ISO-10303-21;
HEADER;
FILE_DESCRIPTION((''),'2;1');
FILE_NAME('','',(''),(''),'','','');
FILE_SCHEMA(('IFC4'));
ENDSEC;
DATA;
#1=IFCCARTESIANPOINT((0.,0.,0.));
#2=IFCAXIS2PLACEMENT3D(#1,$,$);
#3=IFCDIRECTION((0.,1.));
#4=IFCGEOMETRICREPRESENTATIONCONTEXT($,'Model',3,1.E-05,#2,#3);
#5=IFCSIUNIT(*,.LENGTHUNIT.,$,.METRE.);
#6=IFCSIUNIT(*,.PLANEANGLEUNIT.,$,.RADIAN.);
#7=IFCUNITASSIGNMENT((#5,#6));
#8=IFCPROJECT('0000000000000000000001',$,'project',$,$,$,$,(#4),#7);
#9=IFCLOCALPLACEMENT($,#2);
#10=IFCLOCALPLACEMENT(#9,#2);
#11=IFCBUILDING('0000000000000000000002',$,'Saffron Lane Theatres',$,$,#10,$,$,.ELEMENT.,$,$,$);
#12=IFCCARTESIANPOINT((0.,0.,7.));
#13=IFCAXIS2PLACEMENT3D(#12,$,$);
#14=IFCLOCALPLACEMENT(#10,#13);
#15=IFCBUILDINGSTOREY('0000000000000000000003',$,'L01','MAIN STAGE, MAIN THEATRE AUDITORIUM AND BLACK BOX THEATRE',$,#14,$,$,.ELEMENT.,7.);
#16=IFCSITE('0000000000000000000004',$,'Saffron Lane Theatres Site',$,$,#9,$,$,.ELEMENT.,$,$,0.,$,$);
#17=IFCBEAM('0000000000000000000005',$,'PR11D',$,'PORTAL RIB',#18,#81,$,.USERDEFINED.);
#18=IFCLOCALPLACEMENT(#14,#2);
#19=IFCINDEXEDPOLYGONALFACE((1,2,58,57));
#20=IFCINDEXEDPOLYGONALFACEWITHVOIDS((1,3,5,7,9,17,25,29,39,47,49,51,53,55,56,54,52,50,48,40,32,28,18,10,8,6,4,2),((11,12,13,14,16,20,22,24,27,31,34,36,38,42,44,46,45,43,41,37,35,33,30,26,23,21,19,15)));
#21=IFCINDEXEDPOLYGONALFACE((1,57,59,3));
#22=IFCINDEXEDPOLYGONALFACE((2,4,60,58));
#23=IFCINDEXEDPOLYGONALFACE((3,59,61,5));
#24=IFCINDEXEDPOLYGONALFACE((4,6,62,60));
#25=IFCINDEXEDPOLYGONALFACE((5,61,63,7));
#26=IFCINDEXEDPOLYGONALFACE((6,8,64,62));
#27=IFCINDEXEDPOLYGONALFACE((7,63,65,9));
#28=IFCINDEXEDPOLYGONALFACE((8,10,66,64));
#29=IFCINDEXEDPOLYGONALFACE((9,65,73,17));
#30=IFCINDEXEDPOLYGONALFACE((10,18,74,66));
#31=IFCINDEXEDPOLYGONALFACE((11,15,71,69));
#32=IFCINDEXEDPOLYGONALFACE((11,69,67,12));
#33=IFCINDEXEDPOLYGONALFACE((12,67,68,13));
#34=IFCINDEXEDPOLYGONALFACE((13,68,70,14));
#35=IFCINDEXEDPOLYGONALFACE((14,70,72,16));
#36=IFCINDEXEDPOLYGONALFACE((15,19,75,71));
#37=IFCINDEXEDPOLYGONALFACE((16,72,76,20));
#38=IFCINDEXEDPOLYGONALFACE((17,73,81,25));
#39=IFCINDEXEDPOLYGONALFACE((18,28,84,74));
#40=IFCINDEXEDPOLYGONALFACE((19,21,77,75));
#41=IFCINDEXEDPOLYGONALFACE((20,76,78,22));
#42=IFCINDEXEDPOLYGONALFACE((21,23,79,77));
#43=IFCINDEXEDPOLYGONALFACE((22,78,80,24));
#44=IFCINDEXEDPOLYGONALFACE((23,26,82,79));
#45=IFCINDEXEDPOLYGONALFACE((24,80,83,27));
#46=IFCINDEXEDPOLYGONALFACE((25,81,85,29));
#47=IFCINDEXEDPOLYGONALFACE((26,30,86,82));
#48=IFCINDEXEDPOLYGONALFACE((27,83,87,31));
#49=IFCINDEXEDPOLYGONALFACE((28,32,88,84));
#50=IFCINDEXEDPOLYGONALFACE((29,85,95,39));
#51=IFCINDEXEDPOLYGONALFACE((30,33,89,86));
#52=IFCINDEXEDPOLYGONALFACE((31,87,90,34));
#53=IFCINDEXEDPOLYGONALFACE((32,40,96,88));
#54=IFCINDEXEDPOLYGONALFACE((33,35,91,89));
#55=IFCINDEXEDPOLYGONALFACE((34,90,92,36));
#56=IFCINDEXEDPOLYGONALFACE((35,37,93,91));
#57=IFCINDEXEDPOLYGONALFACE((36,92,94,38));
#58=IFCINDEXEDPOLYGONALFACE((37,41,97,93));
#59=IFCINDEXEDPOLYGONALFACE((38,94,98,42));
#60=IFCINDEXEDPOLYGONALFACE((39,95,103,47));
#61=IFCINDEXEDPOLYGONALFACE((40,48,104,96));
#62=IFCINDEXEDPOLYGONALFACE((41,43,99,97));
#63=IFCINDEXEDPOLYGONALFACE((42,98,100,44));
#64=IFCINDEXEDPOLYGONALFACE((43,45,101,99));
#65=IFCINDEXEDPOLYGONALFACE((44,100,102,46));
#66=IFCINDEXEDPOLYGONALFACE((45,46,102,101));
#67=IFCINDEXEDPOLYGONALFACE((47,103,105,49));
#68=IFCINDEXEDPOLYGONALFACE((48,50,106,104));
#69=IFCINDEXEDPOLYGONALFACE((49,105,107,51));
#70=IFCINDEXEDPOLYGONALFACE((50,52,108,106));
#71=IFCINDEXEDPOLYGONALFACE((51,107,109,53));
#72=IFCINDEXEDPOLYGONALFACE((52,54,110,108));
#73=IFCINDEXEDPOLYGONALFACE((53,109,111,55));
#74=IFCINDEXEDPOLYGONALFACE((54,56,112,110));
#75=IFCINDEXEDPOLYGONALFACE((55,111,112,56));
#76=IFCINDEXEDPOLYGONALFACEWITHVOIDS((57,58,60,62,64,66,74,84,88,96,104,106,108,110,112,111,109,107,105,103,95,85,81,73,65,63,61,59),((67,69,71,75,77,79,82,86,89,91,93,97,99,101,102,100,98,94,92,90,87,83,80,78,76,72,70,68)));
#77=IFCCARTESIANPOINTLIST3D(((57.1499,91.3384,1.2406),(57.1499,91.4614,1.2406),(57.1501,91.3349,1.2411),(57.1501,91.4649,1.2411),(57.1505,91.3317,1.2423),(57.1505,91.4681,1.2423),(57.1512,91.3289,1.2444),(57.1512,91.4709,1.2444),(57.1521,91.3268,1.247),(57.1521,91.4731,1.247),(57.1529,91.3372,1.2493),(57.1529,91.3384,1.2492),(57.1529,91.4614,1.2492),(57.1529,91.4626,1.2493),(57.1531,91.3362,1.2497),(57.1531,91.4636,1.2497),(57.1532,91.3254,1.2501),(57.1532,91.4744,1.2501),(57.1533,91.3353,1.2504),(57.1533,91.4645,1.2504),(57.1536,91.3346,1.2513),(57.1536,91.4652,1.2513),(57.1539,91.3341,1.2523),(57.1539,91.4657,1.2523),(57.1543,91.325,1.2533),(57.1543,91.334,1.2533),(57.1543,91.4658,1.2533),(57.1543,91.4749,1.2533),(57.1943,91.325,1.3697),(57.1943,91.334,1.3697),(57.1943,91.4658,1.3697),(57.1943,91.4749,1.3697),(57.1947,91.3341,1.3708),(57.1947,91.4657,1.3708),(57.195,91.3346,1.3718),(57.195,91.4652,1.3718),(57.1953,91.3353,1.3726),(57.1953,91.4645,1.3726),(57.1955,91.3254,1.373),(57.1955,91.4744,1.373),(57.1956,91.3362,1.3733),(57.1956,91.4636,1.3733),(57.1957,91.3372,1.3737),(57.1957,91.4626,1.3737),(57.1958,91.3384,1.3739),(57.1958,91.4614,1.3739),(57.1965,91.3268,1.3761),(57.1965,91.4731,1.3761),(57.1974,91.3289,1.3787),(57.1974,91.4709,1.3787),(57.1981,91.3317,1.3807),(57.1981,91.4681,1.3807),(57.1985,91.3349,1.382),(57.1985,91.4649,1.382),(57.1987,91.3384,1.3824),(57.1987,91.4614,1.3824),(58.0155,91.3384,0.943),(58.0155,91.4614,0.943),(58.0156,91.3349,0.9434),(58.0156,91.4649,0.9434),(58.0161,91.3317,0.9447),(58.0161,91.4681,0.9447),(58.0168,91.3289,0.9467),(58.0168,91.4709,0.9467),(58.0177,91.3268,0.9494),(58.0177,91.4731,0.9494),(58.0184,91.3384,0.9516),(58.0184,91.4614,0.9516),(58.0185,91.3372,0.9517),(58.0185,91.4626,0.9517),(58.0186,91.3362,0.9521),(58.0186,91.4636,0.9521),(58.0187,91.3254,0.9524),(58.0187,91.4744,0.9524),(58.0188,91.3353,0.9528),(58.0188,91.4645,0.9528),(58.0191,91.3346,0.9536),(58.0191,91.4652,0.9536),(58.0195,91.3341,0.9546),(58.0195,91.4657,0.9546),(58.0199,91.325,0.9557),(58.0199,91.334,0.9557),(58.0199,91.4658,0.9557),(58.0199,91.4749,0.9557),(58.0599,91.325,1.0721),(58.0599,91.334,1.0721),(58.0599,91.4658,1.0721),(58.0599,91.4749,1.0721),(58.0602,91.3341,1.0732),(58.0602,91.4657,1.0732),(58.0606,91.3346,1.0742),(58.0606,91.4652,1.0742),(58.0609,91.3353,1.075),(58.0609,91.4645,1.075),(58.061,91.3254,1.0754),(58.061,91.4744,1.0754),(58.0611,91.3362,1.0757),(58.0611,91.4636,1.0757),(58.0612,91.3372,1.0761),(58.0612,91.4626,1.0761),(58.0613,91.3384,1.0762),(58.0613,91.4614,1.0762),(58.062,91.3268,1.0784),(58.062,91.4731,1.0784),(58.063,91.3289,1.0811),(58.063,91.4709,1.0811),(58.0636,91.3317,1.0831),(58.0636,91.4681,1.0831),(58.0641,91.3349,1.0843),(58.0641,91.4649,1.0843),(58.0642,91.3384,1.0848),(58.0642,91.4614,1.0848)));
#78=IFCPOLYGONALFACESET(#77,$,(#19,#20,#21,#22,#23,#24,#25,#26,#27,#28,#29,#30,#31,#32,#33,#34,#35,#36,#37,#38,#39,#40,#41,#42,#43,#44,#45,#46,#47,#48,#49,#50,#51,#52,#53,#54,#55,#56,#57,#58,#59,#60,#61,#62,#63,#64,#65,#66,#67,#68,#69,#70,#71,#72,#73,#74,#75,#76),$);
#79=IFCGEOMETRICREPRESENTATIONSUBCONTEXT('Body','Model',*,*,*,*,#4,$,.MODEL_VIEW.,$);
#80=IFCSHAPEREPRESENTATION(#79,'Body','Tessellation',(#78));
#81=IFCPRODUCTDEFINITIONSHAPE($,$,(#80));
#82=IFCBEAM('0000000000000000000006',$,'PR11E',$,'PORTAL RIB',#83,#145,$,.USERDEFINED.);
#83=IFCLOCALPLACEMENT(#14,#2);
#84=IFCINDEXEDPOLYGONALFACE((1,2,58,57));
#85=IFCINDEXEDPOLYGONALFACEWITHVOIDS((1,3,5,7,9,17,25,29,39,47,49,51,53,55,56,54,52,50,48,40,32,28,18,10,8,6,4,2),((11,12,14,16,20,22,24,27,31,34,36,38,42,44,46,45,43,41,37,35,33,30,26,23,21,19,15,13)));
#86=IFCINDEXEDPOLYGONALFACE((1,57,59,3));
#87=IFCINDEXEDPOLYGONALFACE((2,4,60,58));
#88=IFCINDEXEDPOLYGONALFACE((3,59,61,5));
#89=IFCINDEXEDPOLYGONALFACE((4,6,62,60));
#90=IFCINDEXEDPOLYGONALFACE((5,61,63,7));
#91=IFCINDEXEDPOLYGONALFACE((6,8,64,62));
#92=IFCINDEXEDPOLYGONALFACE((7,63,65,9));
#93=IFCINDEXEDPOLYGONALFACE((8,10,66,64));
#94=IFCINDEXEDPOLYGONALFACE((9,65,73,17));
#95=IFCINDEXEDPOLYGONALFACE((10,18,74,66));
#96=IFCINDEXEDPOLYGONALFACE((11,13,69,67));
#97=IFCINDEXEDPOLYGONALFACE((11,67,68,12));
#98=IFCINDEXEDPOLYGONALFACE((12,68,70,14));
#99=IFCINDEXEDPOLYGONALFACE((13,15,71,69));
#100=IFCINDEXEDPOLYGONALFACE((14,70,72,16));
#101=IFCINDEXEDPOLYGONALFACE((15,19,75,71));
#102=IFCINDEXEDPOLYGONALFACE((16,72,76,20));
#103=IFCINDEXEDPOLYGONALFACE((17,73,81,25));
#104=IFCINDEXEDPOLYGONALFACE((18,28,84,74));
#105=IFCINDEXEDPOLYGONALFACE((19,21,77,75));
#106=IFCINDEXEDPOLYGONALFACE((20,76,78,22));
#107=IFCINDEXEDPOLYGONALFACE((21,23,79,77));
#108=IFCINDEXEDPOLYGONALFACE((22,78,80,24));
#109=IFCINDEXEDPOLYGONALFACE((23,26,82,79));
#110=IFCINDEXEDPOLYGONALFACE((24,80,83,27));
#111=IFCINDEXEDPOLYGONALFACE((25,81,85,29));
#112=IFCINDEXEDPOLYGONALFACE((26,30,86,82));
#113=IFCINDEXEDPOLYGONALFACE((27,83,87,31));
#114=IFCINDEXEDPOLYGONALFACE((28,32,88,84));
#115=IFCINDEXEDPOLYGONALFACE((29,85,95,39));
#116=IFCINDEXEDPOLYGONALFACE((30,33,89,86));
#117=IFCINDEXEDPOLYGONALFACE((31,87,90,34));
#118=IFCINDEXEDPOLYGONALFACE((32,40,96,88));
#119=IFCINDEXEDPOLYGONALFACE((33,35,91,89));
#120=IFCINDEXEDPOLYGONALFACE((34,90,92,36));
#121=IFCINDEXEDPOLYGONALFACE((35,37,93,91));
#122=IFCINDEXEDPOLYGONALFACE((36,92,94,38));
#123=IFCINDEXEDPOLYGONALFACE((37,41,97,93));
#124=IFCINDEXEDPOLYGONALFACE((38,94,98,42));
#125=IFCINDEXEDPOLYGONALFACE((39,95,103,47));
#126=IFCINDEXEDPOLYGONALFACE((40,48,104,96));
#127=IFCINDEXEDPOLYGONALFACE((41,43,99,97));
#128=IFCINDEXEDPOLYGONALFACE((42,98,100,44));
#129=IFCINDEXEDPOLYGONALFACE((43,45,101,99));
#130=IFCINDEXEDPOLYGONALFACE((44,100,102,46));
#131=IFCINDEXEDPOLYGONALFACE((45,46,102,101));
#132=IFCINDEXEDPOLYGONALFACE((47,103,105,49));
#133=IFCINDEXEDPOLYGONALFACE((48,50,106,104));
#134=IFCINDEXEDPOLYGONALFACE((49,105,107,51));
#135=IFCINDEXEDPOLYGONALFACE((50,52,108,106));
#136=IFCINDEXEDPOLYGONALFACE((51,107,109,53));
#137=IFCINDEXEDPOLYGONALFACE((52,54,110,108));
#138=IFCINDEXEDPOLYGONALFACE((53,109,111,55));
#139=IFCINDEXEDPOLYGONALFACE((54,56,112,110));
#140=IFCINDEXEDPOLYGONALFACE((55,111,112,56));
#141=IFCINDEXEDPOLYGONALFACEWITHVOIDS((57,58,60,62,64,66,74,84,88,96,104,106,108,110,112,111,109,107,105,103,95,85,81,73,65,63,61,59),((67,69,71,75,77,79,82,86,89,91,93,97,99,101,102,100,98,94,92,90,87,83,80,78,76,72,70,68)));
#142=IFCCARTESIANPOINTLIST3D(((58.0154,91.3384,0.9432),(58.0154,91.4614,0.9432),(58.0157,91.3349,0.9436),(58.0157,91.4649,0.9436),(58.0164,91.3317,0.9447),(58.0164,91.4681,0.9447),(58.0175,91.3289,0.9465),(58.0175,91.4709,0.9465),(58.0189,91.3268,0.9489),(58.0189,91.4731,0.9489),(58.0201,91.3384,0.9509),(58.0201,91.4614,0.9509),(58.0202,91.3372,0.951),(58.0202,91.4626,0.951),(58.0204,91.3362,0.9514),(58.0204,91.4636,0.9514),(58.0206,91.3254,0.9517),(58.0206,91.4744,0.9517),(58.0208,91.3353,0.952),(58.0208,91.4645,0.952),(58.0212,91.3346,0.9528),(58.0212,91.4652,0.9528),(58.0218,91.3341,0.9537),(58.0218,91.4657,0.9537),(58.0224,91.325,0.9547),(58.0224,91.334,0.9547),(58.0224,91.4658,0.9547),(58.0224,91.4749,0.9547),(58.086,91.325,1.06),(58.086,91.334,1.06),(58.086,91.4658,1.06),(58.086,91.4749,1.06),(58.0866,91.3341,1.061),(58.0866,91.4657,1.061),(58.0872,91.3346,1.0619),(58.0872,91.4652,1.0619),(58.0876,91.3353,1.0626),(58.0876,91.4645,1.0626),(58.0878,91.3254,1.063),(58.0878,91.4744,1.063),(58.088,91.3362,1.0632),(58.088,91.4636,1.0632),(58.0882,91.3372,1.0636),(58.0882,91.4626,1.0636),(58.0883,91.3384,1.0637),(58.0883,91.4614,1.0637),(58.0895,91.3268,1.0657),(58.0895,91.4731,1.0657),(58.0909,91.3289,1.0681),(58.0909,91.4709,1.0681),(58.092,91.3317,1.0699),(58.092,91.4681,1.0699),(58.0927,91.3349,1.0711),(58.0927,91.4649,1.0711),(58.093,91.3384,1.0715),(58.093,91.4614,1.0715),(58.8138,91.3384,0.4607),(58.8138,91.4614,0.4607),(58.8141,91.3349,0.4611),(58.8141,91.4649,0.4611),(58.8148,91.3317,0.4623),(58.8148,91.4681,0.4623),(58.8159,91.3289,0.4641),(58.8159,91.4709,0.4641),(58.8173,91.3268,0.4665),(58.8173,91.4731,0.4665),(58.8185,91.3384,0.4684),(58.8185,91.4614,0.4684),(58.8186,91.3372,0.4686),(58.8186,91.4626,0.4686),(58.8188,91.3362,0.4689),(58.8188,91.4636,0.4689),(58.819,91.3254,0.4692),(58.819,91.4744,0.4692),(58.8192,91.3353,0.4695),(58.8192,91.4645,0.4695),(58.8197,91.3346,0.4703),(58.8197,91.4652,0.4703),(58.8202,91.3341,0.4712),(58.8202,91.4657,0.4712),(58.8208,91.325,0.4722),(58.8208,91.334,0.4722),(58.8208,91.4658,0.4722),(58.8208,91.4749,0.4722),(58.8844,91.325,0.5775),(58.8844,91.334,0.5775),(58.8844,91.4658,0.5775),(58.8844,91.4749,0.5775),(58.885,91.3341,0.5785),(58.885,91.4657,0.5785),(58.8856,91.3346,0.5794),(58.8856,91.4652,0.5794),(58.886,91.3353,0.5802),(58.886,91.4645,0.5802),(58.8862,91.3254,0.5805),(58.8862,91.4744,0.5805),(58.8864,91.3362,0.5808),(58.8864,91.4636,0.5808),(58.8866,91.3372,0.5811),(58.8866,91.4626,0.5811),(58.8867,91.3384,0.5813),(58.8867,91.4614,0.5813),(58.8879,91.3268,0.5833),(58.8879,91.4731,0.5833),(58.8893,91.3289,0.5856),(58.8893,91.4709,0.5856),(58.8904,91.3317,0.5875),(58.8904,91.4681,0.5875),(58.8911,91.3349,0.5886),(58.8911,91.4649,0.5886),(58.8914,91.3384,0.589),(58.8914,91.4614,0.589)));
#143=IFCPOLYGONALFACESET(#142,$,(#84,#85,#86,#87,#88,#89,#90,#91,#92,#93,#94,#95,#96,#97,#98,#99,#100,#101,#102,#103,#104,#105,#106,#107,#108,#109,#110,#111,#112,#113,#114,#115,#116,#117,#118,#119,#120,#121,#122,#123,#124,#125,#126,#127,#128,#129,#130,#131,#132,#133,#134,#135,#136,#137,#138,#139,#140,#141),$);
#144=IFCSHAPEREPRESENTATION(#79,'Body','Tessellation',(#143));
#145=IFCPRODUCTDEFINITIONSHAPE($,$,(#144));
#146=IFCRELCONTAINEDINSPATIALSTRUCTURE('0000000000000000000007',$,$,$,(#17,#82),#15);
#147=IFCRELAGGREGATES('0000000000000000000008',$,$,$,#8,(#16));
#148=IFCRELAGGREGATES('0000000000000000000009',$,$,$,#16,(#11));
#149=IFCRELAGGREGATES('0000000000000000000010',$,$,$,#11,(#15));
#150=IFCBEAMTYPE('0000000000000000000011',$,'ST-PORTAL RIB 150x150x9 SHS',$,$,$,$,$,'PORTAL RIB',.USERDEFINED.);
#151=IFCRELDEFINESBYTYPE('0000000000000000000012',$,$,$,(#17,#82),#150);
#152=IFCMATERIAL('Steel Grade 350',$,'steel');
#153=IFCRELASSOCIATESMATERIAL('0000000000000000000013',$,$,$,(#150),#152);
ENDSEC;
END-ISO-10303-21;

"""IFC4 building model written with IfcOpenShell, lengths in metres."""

from ifc_helpers import new_model, si_unit, direction, frame, origin, origin_2d, place, context, subcontext, project, spatial, hollow_rectangle, extrude, material, material_profile, profile_set, type_object, element, save


model = new_model("IFC4")

# Units and contexts
model_context = context("Model", 3, precision=1e-05, world=origin(), true_north=direction((0.0, 1.0)))
body_context = subcontext(model_context, "Body", "Model", "MODEL_VIEW")
ifc_project = project(units=[si_unit("LENGTHUNIT", "METRE"), si_unit("PLANEANGLEUNIT", "RADIAN")], contexts=[model_context])

# Site, building, storey
site_placement = place(None, origin())
site = spatial("IfcSite", under=ifc_project, at=site_placement, Name="Saffron Lane Theatres Site", CompositionType="ELEMENT", RefElevation=0.0)
building_placement = place(site_placement, origin())
building = spatial("IfcBuilding", under=site, at=building_placement, Name="Saffron Lane Theatres", CompositionType="ELEMENT")
storey_placement = place(building_placement, frame((0.0, 0.0, 7.0)))
storey = spatial("IfcBuildingStorey", under=building, at=storey_placement, Name="L01", Description="MAIN STAGE, MAIN THEATRE AUDITORIUM AND BLACK BOX THEATRE", CompositionType="ELEMENT", Elevation=7.0)

# Beams
ifc_material_1 = material(Name="Steel Grade 350", Category="steel")
ifc_material_profile_1 = material_profile(ifc_material_1, hollow_rectangle(XDim=0.1499, YDim=0.1499, WallThickness=0.009, InnerFilletRadius=0.0044, OuterFilletRadius=0.0134, at=origin_2d()))
ifc_profile_set_1 = profile_set([ifc_material_profile_1], Name="Steel Grade 350")
beam_type_1 = type_object("IfcBeamType", Name="ST-PORTAL RIB 150x150x9 SHS", ElementType="PORTAL RIB", PredefinedType="USERDEFINED", material=ifc_profile_set_1)
beam_1_placement = place(storey_placement, frame((57.1743, 91.3999, 1.3115), z_axis=(0.945653, 0.0, -0.325177), x_axis=(0.0, 1.0, 0.0)))
element("IfcBeam", 1, at=beam_1_placement, inside=storey, type_object=beam_type_1, Name="PR11D", ObjectType="PORTAL RIB", PredefinedType="USERDEFINED", context=body_context, shape_type="SweptSolid", body=[
    extrude(hollow_rectangle(XDim=0.1499, YDim=0.1499, WallThickness=0.009, InnerFilletRadius=0.0044, OuterFilletRadius=0.0134, at=origin_2d()), origin(), (0.0, 0.0, 1.0), 0.9153),
])
beam_2_placement = place(storey_placement, frame((58.0542, 91.3999, 1.0073), z_axis=(0.855872, 0.0, -0.517188), x_axis=(0.0, 1.0, 0.0)))
element("IfcBeam", 2, at=beam_2_placement, inside=storey, type_object=beam_type_1, Name="PR11E", ObjectType="PORTAL RIB", PredefinedType="USERDEFINED", context=body_context, shape_type="SweptSolid", body=[
    extrude(hollow_rectangle(XDim=0.1499, YDim=0.1499, WallThickness=0.009, InnerFilletRadius=0.0044, OuterFilletRadius=0.0134, at=origin_2d()), origin(), (0.0, 0.0, 1.0), 0.9329),
])

save(model, "model.ifc")
